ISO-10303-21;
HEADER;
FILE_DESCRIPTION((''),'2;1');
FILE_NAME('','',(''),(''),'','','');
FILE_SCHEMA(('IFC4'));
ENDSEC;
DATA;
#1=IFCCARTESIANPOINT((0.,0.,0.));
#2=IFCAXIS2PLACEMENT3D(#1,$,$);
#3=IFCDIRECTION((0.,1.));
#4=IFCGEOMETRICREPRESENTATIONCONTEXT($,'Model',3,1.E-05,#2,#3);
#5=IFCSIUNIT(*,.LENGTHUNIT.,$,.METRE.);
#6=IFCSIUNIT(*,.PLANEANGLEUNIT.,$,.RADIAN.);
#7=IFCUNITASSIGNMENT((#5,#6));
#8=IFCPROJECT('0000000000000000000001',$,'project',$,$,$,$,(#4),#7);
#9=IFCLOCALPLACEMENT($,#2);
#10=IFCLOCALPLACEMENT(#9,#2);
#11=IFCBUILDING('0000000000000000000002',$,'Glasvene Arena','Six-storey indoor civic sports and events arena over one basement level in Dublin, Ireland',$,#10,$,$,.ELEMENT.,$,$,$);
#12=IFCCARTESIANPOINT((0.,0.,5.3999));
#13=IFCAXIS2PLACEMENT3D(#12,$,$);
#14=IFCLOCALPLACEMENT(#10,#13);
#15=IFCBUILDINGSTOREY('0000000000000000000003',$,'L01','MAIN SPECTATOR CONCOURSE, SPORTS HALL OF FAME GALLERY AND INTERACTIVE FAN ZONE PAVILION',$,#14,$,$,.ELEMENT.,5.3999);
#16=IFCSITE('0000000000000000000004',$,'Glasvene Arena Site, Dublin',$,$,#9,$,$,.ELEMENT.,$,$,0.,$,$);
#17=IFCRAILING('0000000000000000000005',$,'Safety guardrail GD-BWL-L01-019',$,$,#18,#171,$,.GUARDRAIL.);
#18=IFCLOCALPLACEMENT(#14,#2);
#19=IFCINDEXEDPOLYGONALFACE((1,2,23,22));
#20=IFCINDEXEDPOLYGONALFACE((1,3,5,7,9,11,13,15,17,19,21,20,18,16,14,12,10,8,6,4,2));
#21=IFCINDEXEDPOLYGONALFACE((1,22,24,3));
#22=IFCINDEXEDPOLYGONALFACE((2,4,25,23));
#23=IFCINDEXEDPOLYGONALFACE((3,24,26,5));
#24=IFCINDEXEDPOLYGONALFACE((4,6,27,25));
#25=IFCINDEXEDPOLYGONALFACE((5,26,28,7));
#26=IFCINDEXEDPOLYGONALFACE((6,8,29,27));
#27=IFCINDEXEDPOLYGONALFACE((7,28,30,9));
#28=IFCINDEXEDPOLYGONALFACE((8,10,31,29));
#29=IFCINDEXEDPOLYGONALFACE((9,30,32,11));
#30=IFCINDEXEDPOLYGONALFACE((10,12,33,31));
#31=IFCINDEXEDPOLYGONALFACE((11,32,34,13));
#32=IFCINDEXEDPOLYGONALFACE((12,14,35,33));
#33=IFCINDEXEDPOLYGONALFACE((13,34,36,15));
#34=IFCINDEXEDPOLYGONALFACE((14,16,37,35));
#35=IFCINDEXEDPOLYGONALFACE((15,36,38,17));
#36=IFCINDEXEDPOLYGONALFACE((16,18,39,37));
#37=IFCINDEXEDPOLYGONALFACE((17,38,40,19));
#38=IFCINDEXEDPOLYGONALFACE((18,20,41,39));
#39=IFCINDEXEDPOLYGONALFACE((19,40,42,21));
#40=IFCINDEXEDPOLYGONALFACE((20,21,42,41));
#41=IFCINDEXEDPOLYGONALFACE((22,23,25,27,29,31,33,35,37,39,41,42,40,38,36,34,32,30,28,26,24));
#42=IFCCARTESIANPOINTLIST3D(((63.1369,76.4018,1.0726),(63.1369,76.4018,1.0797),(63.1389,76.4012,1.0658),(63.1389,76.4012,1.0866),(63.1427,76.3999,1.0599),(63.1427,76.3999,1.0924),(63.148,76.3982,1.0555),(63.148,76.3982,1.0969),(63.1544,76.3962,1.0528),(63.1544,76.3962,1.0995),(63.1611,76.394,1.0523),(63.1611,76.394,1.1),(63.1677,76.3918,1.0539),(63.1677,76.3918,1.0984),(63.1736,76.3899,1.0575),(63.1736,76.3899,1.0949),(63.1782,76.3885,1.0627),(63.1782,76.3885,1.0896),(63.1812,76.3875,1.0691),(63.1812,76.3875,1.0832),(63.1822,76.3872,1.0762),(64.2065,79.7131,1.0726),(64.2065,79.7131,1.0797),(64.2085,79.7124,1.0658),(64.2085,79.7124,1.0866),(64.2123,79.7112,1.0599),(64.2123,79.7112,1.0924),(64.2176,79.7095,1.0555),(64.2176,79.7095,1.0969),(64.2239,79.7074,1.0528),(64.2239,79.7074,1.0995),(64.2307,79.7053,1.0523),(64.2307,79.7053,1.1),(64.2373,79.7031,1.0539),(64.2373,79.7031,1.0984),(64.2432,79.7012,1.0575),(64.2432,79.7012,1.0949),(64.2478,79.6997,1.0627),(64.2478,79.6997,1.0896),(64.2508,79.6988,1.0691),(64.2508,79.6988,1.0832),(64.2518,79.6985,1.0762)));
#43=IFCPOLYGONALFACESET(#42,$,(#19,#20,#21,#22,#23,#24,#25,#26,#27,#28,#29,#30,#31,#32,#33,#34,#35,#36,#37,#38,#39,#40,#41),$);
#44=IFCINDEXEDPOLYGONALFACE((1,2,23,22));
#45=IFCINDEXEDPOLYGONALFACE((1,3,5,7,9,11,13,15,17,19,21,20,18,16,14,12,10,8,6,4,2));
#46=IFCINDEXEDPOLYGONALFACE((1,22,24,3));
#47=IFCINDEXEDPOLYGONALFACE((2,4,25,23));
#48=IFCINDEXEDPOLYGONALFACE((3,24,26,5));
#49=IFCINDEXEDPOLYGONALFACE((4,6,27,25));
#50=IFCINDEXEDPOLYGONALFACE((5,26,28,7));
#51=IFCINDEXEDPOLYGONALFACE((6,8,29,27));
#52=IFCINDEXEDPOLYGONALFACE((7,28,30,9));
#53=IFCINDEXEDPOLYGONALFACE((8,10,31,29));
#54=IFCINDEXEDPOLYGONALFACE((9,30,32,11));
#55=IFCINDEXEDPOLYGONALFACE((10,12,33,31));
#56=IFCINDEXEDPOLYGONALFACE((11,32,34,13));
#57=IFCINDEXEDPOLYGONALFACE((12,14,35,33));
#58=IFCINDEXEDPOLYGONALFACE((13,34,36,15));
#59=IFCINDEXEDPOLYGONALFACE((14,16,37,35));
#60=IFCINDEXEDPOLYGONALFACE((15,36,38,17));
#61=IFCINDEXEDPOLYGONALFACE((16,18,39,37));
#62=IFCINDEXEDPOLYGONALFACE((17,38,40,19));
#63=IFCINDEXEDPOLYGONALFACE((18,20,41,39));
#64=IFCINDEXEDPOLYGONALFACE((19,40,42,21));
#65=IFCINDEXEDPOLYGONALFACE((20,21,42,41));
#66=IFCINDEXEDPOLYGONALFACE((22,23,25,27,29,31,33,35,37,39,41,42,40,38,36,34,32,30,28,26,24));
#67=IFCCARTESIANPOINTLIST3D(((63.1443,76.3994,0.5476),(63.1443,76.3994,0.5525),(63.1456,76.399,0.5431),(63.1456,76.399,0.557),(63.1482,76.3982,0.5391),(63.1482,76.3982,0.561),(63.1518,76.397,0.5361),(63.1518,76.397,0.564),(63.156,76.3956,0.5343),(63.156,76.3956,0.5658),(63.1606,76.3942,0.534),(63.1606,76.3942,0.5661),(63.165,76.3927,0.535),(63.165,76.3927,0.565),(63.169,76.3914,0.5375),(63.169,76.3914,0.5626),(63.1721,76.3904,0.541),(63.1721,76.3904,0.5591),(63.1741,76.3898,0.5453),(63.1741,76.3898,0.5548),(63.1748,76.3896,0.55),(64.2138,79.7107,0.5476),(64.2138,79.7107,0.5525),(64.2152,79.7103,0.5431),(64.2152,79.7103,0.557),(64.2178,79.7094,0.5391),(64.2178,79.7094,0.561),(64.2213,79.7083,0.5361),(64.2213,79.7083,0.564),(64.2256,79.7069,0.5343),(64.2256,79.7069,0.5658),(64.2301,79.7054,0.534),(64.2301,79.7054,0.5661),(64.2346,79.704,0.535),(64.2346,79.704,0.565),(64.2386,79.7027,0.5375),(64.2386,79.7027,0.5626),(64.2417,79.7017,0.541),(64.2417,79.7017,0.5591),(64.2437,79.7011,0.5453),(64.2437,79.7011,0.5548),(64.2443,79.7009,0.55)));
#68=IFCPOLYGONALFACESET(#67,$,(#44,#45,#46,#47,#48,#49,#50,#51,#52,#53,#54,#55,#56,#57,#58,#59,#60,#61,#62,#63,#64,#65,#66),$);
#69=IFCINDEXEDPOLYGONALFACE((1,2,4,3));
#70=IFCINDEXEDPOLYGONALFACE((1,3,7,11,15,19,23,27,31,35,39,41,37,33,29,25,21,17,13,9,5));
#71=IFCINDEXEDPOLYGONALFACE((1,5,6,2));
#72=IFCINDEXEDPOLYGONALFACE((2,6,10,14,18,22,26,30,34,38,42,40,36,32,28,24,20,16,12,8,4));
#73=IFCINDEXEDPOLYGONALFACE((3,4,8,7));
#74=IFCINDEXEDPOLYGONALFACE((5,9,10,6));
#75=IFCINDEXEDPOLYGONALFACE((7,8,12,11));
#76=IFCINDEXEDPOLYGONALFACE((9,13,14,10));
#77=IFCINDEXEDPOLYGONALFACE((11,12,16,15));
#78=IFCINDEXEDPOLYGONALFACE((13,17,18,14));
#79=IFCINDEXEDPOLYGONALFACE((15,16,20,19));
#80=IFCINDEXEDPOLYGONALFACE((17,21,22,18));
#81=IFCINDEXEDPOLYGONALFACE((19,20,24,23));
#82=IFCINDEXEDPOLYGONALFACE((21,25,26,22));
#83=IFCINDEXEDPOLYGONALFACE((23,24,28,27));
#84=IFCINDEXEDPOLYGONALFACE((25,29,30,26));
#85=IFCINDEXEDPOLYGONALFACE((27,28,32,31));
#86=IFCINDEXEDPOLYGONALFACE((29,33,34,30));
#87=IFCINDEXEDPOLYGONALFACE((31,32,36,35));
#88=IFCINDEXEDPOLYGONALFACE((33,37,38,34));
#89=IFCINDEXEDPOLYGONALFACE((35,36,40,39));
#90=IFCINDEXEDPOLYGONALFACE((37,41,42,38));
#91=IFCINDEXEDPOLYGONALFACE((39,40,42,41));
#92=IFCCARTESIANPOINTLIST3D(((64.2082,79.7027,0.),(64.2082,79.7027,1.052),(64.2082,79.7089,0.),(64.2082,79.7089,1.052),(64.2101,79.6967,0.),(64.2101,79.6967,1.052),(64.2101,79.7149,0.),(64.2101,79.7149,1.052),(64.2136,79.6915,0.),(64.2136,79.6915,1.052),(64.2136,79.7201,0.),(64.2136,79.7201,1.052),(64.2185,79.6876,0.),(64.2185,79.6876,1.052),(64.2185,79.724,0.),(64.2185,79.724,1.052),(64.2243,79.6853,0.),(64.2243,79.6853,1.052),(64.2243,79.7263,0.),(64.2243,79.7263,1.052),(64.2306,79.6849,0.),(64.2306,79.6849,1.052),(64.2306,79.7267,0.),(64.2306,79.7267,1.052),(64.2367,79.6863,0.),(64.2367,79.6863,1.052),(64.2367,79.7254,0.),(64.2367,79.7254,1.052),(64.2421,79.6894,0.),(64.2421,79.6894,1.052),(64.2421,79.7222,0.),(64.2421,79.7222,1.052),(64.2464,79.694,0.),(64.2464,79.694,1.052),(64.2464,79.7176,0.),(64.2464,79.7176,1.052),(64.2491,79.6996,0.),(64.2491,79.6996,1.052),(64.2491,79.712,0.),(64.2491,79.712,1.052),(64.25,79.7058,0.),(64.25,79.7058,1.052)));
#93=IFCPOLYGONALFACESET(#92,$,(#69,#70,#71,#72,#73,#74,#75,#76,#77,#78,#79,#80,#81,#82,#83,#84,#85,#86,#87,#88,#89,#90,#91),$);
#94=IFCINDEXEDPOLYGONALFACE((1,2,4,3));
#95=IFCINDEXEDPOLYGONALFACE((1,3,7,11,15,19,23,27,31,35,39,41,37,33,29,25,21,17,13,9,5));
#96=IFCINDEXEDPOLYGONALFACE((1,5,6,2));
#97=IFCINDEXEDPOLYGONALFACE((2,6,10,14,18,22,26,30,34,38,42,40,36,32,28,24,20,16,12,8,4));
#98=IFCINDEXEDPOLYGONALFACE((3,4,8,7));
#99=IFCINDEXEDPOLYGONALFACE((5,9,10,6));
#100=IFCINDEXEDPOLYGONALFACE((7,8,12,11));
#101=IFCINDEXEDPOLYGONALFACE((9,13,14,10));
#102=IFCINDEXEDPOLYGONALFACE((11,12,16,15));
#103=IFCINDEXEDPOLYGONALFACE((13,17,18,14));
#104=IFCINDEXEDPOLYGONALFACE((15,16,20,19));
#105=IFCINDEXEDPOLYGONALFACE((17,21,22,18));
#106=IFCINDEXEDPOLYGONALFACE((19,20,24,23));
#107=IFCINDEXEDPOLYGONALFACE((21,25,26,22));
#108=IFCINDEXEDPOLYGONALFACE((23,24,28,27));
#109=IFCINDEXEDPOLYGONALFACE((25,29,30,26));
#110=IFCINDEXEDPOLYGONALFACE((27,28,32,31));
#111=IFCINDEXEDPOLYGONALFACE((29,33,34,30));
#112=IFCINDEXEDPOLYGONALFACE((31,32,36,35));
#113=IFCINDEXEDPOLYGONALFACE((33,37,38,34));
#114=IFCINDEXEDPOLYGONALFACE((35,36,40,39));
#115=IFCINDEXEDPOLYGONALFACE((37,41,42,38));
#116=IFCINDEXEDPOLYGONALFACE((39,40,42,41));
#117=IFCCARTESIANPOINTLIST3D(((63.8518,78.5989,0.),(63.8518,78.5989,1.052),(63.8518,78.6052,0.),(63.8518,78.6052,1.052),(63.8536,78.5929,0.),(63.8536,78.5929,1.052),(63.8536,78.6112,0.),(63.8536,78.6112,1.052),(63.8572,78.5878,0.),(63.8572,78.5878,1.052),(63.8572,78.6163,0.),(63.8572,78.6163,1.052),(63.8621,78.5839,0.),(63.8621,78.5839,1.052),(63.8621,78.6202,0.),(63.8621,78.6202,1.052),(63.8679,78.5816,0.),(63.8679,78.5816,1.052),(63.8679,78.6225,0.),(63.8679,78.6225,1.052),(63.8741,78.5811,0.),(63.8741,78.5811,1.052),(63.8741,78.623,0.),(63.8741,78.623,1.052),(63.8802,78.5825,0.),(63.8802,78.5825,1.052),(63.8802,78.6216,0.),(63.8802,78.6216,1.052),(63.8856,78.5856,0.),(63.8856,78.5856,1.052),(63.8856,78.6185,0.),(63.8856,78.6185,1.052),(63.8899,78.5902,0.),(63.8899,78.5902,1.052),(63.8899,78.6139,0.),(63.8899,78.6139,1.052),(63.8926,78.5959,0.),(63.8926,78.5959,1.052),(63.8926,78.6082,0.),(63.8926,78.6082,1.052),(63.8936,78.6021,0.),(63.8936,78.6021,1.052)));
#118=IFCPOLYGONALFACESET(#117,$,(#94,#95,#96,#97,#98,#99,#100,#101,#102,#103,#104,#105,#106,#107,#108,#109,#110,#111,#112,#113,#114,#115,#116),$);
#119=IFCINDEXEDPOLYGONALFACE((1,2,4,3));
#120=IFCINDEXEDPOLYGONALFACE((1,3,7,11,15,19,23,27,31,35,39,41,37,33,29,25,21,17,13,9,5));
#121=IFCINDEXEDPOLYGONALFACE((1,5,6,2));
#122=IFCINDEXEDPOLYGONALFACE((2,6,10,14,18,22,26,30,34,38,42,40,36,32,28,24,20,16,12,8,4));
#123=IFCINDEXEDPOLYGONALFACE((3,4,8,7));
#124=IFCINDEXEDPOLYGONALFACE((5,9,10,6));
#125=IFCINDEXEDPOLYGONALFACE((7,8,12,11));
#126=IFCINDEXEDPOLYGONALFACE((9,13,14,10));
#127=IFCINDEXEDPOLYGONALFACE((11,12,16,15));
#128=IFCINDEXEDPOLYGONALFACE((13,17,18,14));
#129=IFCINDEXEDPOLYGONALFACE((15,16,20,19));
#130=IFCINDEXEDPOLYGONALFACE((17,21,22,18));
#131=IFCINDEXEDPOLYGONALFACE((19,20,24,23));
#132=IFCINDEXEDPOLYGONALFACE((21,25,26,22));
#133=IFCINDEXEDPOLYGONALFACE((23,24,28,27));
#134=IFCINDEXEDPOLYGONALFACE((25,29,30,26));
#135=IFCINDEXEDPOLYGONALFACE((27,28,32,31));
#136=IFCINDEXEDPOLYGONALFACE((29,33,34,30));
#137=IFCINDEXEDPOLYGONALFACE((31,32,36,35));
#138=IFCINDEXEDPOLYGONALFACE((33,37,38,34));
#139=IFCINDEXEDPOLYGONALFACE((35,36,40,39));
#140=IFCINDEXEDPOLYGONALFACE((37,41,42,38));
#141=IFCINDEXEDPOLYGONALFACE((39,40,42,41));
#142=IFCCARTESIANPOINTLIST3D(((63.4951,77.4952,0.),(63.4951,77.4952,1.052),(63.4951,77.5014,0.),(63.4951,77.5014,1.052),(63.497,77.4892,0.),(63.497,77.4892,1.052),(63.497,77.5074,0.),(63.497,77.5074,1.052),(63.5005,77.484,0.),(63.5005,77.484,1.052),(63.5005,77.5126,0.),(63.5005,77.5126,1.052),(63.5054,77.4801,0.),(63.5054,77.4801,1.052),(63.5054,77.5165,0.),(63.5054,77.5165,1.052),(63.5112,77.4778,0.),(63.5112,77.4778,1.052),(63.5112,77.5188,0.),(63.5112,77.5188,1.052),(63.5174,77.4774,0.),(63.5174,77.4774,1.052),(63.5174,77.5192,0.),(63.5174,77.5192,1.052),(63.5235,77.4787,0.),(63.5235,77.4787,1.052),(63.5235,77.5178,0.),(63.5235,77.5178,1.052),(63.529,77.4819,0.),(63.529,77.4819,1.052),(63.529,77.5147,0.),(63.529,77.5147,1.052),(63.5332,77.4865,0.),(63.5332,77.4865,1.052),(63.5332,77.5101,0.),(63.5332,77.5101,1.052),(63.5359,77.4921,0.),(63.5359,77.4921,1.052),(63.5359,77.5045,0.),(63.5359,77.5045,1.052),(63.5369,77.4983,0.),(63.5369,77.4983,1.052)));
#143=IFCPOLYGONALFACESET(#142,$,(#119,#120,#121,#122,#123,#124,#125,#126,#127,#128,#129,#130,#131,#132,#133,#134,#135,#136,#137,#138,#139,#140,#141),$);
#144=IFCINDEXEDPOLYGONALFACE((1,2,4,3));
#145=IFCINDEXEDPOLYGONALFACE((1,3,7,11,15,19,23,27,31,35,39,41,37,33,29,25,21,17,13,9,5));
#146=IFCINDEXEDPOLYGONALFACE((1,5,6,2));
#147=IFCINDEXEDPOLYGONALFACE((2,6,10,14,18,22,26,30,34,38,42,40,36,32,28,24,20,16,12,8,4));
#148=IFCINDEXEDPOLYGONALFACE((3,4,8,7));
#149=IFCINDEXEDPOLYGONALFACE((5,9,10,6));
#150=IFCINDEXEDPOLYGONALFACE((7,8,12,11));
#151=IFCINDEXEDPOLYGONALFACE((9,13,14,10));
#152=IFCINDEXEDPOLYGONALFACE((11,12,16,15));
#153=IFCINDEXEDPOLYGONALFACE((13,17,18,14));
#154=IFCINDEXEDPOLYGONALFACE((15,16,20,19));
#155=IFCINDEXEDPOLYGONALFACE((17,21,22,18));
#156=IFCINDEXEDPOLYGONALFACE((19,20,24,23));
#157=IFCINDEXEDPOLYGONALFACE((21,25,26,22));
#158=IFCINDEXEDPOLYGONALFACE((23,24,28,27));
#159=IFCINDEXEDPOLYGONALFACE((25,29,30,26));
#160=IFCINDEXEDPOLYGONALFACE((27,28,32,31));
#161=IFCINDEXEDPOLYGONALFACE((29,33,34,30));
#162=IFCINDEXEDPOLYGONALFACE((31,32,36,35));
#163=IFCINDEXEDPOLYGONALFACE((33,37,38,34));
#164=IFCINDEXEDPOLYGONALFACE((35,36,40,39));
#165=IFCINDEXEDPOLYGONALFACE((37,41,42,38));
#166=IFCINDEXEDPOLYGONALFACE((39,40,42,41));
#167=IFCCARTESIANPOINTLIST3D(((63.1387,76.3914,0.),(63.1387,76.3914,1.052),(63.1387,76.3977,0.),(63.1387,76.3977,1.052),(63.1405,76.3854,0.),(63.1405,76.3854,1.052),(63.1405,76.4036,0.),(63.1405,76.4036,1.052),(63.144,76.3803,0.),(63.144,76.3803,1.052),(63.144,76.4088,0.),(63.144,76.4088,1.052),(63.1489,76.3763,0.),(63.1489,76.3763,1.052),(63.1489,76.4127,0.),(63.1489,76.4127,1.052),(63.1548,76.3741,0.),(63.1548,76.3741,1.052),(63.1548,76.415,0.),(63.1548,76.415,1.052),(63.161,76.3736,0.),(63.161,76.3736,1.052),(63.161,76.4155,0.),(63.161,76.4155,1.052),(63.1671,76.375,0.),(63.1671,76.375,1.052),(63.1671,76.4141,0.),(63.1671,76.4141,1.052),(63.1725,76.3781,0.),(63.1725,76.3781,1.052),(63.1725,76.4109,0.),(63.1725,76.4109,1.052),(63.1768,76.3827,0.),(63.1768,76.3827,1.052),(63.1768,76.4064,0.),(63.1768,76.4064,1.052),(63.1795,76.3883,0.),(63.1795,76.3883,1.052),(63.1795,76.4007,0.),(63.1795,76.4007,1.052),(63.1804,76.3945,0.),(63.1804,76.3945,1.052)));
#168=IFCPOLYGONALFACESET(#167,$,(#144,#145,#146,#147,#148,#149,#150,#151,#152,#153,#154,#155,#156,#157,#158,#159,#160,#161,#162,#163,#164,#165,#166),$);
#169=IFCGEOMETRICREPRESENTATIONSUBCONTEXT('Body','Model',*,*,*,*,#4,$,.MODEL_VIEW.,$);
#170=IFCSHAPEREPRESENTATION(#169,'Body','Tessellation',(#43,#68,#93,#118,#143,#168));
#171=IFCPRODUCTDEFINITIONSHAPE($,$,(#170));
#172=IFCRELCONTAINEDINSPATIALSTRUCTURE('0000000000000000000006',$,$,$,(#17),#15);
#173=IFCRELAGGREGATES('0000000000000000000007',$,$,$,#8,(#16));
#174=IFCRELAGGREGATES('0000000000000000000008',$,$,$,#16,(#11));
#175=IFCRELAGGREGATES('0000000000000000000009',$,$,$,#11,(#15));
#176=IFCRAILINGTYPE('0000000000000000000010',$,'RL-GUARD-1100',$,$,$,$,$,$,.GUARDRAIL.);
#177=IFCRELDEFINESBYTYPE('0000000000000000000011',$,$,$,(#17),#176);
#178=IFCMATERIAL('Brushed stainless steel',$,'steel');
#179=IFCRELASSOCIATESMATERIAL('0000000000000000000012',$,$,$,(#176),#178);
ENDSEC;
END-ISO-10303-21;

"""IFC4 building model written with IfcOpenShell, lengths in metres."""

from ifc_helpers import new_model, si_unit, direction, frame, origin, origin_2d, place, context, subcontext, project, spatial, circle, extrude, material, type_object, element, save


model = new_model("IFC4")

# Units and contexts
model_context = context("Model", 3, precision=1e-05, world=origin(), true_north=direction((0.0, 1.0)))
body_context = subcontext(model_context, "Body", "Model", "MODEL_VIEW")
ifc_project = project(units=[si_unit("LENGTHUNIT", "METRE"), si_unit("PLANEANGLEUNIT", "RADIAN")], contexts=[model_context])

# Site, building, storey
site_placement = place(None, origin())
site = spatial("IfcSite", under=ifc_project, at=site_placement, Name="Glasvene Arena Site, Dublin", CompositionType="ELEMENT", RefElevation=0.0)
building_placement = place(site_placement, origin())
building = spatial("IfcBuilding", under=site, at=building_placement, Name="Glasvene Arena", Description="Six-storey indoor civic sports and events arena over one basement level in Dublin, Ireland", CompositionType="ELEMENT")
storey_placement = place(building_placement, frame((0.0, 0.0, 5.3999)))
storey = spatial("IfcBuildingStorey", under=building, at=storey_placement, Name="L01", Description="MAIN SPECTATOR CONCOURSE, SPORTS HALL OF FAME GALLERY AND INTERACTIVE FAN ZONE PAVILION", CompositionType="ELEMENT", Elevation=5.3999)

# Railing
ifc_material_1 = material(Name="Brushed stainless steel", Category="steel")
railing_type = type_object("IfcRailingType", Name="RL-GUARD-1100", PredefinedType="GUARDRAIL", material=ifc_material_1)
railing_1_placement = place(storey_placement, frame((64.229, 79.7058, 0.0)))
element("IfcRailing", 1, at=railing_1_placement, inside=storey, type_object=railing_type, Name="Safety guardrail GD-BWL-L01-019", PredefinedType="GUARDRAIL", context=body_context, shape_type="SweptSolid", body=[
    extrude(circle(Radius=0.0239, at=origin_2d()), frame((0.0, 0.0, 1.0762), z_axis=(-0.307374, -0.951589, 0.0), x_axis=(0.951589, -0.307374, 0.0)), (0.0, 0.0, 1.0), 3.4797),
    extrude(circle(Radius=0.0161, at=origin_2d()), frame((0.0, 0.0, 0.55), z_axis=(-0.307374, -0.951589, 0.0), x_axis=(0.951589, -0.307374, 0.0)), (0.0, 0.0, 1.0), 3.4797),
    extrude(circle(Radius=0.021, at=origin_2d()), origin(), (0.0, 0.0, 1.0), 1.052),
    extrude(circle(Radius=0.021, at=origin_2d()), frame((-0.3564, -1.1038, 0.0)), (0.0, 0.0, 1.0), 1.052),
    extrude(circle(Radius=0.021, at=origin_2d()), frame((-0.7131, -2.2075, 0.0)), (0.0, 0.0, 1.0), 1.052),
    extrude(circle(Radius=0.021, at=origin_2d()), frame((-1.0696, -3.3113, 0.0)), (0.0, 0.0, 1.0), 1.052),
])

save(model, "model.ifc")
